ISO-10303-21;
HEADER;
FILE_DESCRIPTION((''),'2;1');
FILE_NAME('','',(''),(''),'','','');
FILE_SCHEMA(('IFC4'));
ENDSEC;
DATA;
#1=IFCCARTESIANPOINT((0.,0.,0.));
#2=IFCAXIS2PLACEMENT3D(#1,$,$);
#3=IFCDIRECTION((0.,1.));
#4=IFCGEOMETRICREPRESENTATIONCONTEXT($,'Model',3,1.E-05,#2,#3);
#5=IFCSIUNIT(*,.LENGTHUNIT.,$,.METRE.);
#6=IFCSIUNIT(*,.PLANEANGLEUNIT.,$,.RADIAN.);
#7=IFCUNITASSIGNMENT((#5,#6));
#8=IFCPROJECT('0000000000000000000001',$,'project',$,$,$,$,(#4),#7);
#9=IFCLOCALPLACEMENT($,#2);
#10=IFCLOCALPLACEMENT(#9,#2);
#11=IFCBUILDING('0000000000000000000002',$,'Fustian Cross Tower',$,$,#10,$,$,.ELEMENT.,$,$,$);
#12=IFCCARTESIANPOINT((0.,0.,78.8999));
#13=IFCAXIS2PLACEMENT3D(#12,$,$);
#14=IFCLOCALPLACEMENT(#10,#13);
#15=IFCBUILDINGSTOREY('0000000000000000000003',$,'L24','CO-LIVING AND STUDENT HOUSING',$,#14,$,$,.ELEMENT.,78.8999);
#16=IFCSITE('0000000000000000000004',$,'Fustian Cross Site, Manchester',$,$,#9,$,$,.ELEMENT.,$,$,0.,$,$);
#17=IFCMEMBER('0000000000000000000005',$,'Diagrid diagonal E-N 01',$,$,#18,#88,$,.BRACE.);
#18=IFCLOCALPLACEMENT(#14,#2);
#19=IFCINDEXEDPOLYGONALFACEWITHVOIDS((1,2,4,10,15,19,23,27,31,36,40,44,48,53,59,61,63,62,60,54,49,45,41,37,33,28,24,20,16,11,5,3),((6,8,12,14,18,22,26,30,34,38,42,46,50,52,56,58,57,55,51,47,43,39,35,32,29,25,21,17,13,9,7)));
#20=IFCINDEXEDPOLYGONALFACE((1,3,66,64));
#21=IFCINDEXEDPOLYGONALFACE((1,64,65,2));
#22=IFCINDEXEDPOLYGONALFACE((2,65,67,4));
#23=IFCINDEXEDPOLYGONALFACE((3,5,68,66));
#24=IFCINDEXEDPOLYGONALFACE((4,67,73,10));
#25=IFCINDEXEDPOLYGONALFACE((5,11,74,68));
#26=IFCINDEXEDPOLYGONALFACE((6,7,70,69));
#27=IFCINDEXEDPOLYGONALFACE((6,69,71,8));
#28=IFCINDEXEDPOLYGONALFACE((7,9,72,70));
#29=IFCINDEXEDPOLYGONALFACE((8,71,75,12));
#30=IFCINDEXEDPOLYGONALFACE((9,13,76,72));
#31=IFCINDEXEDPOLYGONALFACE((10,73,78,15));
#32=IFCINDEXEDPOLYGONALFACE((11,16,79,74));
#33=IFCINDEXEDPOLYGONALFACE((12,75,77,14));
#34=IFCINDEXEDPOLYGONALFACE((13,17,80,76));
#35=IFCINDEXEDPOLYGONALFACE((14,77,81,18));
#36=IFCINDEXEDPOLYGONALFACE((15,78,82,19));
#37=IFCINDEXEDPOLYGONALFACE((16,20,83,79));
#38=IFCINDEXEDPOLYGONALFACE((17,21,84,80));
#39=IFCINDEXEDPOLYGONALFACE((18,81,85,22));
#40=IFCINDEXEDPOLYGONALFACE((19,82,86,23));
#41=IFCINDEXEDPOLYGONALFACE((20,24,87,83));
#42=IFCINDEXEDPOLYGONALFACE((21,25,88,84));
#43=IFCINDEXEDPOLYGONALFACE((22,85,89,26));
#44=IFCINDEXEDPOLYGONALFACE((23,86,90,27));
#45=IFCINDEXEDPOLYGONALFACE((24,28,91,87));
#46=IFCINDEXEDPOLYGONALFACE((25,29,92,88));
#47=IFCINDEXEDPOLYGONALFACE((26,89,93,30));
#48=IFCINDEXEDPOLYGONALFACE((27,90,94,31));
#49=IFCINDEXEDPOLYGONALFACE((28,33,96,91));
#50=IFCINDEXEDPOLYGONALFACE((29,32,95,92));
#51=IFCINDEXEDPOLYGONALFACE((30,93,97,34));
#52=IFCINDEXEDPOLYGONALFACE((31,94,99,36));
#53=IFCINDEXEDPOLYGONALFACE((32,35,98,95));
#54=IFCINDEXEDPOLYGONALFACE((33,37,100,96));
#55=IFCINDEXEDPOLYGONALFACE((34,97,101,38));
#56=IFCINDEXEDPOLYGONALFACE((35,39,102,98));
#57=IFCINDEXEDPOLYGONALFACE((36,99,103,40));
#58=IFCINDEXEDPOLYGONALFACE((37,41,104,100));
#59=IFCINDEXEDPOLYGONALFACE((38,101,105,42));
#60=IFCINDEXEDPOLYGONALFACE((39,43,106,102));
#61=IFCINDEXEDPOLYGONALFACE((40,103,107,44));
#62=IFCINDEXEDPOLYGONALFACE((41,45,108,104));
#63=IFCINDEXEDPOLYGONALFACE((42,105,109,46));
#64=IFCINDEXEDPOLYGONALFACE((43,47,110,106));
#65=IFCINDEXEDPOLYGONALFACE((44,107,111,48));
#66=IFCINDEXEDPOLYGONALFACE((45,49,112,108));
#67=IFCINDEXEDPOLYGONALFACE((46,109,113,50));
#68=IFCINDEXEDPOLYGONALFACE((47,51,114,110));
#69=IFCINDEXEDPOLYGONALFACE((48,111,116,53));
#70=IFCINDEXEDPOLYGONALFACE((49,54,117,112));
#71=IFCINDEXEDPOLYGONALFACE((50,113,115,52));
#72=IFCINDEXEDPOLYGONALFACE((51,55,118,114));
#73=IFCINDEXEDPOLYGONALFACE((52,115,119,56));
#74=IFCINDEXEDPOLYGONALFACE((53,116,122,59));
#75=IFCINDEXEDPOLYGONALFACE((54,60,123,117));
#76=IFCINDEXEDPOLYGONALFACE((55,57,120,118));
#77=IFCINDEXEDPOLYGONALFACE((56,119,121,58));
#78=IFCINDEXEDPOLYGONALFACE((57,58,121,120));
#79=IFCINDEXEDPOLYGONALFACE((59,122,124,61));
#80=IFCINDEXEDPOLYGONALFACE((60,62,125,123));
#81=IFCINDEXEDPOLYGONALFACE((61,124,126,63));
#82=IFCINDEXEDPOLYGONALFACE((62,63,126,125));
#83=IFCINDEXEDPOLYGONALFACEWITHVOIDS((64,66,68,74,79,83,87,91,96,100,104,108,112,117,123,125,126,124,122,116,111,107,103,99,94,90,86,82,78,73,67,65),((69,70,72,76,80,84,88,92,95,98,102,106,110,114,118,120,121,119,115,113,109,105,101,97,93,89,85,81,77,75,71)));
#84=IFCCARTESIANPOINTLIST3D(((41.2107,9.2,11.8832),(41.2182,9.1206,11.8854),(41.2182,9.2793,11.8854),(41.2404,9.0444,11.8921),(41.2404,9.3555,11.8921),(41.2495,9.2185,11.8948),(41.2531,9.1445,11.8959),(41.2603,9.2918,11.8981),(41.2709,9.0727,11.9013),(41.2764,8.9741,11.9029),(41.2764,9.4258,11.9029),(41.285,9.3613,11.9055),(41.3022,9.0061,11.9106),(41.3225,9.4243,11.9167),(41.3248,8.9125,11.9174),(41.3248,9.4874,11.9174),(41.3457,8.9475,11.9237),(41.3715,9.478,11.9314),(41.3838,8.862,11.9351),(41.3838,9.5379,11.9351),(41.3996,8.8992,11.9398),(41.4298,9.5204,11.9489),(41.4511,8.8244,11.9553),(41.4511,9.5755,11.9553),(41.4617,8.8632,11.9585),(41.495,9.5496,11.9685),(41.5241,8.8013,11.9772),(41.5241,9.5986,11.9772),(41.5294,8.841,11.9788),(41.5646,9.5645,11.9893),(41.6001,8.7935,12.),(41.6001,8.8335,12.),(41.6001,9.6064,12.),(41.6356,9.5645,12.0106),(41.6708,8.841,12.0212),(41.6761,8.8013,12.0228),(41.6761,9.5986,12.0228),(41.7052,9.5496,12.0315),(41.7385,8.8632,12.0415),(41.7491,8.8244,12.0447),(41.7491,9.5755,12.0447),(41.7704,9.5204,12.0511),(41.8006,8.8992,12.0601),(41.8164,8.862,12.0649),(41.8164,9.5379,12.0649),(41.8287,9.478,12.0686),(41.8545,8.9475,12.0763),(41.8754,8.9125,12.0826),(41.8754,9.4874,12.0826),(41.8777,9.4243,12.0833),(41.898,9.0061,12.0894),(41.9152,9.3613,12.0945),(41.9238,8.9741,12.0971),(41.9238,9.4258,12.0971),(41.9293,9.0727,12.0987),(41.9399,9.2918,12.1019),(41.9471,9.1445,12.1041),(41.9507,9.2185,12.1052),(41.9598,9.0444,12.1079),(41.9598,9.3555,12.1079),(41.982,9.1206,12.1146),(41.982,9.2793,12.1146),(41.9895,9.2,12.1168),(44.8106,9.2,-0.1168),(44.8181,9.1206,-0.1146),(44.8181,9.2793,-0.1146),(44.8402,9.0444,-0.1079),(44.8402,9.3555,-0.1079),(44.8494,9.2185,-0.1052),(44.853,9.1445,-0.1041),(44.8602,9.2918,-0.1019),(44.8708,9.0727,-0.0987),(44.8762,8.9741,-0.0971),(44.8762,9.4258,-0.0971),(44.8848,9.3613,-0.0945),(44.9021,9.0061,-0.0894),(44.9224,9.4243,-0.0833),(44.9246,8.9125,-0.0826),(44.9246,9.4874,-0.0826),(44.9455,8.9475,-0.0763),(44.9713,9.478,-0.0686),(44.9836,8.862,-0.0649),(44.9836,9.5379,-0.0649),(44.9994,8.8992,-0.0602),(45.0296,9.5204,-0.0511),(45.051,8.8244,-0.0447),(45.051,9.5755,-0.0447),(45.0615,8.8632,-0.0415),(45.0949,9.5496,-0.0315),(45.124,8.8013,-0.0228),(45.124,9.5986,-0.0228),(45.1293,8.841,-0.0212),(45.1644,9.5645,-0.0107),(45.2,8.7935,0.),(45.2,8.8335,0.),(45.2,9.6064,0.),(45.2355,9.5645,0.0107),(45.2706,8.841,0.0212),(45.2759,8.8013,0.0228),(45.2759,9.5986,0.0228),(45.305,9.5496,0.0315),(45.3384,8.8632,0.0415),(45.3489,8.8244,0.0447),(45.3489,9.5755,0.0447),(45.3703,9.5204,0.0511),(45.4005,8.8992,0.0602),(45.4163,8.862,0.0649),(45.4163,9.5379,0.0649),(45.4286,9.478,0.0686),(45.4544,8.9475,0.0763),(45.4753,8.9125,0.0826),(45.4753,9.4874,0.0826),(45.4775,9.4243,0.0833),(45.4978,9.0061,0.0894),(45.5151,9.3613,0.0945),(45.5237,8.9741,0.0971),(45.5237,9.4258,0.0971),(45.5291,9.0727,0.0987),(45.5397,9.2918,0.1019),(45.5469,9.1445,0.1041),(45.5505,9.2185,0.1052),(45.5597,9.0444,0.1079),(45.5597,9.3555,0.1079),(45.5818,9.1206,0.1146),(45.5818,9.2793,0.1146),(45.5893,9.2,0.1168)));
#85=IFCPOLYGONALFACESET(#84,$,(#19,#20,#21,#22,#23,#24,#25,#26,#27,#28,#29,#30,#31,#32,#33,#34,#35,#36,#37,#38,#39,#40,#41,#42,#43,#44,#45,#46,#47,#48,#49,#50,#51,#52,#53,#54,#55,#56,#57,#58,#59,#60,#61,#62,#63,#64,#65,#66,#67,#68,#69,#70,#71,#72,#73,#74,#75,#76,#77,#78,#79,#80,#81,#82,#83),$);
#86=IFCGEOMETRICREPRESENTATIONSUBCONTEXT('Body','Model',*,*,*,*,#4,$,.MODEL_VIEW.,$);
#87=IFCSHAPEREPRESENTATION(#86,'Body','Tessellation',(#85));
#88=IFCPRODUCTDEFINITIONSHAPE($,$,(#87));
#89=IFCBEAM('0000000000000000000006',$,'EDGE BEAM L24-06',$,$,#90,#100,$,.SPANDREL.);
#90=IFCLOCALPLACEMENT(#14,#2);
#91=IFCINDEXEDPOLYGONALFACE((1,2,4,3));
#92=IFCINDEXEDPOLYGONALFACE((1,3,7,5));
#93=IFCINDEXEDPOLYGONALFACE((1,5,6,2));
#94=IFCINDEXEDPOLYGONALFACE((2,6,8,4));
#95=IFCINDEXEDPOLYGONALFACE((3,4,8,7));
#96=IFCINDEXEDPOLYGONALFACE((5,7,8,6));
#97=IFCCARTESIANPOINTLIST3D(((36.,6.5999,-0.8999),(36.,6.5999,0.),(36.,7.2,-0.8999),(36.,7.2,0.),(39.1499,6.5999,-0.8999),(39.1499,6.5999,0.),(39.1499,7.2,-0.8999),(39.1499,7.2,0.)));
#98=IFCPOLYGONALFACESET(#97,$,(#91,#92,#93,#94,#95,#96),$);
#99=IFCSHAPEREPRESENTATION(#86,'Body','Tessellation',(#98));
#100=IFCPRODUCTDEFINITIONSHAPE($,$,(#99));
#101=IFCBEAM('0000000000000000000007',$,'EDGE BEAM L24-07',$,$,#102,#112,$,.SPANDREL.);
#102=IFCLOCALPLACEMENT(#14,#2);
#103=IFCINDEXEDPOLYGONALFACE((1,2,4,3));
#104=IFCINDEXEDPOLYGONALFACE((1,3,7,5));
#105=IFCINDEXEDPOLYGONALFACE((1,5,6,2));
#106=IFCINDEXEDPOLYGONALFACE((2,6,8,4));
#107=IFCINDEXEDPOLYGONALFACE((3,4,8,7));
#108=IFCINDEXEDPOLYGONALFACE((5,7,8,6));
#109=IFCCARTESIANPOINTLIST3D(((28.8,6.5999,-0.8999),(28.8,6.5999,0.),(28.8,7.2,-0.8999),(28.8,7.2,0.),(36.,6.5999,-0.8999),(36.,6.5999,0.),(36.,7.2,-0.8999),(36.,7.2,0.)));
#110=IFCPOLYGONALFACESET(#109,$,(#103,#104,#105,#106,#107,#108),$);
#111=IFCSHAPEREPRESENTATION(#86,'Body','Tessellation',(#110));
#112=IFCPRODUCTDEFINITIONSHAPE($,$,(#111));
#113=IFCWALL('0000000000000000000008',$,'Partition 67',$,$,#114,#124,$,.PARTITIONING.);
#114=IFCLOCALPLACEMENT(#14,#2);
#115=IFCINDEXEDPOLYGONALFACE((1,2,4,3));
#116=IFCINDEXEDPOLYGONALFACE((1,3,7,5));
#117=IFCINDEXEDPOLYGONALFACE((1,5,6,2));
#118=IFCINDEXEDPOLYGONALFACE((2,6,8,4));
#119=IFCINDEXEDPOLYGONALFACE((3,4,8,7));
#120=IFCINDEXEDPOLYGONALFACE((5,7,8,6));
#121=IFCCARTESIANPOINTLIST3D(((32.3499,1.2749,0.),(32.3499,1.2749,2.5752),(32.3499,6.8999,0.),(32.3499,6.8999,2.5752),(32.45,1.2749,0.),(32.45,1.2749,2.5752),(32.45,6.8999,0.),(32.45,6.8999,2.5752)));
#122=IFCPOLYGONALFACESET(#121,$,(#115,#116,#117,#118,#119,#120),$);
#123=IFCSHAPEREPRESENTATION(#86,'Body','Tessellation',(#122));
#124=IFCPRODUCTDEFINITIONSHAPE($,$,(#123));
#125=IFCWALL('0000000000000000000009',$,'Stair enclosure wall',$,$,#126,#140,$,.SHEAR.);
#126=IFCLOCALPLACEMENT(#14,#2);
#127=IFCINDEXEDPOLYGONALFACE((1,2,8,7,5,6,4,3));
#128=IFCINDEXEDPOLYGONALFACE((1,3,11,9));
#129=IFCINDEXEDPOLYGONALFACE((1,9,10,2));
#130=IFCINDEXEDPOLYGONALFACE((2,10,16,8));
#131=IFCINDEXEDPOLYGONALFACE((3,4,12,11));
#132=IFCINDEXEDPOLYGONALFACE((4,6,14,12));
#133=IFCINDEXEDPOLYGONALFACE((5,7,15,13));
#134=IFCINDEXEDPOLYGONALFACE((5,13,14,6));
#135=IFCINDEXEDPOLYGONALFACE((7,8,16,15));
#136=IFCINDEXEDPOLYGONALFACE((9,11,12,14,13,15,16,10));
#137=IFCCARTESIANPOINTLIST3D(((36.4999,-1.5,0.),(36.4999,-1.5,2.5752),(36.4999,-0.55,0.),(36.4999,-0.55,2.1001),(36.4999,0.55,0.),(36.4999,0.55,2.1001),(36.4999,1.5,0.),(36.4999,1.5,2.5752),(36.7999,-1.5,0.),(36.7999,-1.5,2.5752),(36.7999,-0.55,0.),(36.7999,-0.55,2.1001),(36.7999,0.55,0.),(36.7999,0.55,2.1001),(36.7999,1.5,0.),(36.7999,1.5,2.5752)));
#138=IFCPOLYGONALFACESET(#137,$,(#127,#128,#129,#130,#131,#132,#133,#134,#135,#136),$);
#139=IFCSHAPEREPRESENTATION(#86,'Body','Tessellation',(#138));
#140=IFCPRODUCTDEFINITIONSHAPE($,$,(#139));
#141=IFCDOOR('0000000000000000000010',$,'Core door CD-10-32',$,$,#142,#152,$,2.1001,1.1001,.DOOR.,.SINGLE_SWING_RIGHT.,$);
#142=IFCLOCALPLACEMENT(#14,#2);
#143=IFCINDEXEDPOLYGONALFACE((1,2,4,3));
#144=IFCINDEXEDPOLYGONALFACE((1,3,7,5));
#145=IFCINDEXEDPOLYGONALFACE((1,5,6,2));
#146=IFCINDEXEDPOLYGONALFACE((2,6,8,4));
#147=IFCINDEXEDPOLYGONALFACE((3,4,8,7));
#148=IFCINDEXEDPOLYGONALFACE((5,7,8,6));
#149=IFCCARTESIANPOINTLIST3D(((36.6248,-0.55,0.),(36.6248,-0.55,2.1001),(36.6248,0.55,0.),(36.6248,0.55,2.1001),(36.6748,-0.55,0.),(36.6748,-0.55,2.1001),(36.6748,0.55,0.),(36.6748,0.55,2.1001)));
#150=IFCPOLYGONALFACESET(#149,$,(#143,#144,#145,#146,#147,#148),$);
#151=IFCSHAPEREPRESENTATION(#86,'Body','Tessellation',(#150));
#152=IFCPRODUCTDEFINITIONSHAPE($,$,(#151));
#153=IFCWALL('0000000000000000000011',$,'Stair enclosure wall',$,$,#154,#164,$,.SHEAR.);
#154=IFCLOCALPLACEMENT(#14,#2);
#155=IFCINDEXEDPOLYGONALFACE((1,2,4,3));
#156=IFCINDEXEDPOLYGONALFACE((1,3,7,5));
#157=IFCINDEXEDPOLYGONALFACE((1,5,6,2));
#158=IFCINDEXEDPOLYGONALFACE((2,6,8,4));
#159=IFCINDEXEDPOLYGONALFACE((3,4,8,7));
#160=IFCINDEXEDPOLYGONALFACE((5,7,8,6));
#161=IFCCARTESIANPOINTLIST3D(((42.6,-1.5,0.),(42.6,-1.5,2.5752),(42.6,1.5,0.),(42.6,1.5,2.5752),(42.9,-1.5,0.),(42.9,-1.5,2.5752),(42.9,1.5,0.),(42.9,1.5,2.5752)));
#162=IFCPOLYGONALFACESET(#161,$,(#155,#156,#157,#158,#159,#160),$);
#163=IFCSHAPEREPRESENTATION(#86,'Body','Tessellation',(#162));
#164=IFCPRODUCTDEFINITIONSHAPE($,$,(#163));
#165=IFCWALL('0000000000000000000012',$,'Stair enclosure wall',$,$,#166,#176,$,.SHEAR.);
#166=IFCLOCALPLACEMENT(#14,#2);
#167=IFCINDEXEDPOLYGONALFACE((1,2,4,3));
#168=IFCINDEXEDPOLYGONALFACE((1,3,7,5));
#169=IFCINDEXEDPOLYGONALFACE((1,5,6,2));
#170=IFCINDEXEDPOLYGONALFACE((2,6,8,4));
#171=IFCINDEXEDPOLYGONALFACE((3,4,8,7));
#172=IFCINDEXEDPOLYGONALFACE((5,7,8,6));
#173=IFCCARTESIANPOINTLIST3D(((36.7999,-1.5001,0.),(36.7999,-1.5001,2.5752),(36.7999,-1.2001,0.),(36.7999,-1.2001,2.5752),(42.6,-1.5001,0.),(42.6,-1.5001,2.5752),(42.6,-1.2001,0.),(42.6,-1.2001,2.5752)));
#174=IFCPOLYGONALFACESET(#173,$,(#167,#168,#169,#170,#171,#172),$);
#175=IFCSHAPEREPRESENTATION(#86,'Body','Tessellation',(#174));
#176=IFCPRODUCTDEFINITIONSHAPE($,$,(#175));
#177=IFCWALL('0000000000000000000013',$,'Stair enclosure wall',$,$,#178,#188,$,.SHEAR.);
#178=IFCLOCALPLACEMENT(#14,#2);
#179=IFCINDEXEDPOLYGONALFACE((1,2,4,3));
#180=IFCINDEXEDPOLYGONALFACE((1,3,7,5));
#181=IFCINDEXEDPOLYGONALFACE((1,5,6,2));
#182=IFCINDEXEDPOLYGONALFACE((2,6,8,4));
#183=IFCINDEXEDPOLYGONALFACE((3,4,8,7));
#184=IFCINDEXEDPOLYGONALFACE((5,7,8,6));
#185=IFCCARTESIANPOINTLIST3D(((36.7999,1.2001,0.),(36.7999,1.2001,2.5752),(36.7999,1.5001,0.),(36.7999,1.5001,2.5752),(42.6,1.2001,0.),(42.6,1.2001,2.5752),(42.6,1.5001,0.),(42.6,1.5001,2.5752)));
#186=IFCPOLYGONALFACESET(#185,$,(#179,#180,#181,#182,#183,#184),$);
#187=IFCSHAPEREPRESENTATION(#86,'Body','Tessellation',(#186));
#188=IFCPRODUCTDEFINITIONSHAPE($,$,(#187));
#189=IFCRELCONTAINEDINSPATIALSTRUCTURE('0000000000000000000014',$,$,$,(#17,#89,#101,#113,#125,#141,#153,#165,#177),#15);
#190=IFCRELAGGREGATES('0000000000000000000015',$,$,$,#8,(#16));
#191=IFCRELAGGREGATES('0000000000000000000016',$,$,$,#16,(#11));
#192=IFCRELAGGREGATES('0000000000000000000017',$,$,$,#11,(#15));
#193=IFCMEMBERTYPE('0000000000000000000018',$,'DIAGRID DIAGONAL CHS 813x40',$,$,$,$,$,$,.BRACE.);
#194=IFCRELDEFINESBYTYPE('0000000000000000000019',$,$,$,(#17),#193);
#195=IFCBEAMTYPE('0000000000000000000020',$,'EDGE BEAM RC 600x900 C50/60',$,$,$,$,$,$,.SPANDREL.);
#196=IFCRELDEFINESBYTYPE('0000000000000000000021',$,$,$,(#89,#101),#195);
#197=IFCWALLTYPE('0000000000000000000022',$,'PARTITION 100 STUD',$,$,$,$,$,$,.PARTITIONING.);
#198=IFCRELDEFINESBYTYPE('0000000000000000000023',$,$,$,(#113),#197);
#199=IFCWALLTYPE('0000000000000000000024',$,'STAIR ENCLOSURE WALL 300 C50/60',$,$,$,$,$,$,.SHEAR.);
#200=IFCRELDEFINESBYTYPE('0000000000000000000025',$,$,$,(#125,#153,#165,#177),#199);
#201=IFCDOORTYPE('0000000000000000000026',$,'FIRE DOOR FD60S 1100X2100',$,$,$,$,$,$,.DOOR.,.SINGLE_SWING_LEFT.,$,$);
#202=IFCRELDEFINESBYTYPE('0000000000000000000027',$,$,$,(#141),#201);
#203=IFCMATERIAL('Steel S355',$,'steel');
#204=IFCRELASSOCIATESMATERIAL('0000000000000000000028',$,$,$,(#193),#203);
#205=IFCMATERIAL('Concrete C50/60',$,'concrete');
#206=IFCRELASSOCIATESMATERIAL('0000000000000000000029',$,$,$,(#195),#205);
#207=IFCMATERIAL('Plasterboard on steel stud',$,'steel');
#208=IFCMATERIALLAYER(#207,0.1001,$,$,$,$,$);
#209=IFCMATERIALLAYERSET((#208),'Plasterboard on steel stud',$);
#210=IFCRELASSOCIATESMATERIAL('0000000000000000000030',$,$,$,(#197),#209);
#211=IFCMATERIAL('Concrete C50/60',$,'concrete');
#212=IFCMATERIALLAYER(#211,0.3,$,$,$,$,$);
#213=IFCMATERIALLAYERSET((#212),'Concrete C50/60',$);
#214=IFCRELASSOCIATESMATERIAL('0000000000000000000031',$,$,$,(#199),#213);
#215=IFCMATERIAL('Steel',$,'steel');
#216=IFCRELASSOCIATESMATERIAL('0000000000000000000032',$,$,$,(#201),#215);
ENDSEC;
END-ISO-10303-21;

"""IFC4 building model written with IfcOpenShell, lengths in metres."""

from ifc_helpers import new_model, si_unit, direction, frame, frame_2d, origin, origin_2d, place, context, subcontext, project, spatial, rectangle, hollow_circle, extrude, material, layer, layer_set, material_profile, profile_set, type_object, element, fill, save


model = new_model("IFC4")

# Units and contexts
model_context = context("Model", 3, precision=1e-05, world=origin(), true_north=direction((0.0, 1.0)))
body_context = subcontext(model_context, "Body", "Model", "MODEL_VIEW")
ifc_project = project(units=[si_unit("LENGTHUNIT", "METRE"), si_unit("PLANEANGLEUNIT", "RADIAN")], contexts=[model_context])

# Site, building, storey
site_placement = place(None, origin())
site = spatial("IfcSite", under=ifc_project, at=site_placement, Name="Fustian Cross Site, Manchester", CompositionType="ELEMENT", RefElevation=0.0)
building_placement = place(site_placement, origin())
building = spatial("IfcBuilding", under=site, at=building_placement, Name="Fustian Cross Tower", CompositionType="ELEMENT")
storey_placement = place(building_placement, frame((0.0, 0.0, 78.8999)))
storey = spatial("IfcBuildingStorey", under=building, at=storey_placement, Name="L24", Description="CO-LIVING AND STUDENT HOUSING", CompositionType="ELEMENT", Elevation=78.8999)

# Member
ifc_material_1 = material(Name="Steel S355", Category="steel")
ifc_material_profile_1 = material_profile(ifc_material_1, hollow_circle(Radius=0.4065, WallThickness=0.04, at=origin_2d()), Name="CHS 813x40")
ifc_profile_set_1 = profile_set([ifc_material_profile_1], Name="Steel S355")
member_type_1 = type_object("IfcMemberType", Name="DIAGRID DIAGONAL CHS 813x40", PredefinedType="BRACE", material=ifc_profile_set_1)
member_1_placement = place(storey_placement, frame((45.2, 9.2, 0.0), z_axis=(-0.287337, 0.0, 0.95783), x_axis=(0.0, -1.0, 0.0)))
element("IfcMember", 1, at=member_1_placement, inside=storey, type_object=member_type_1, Name="Diagrid diagonal E-N 01", PredefinedType="BRACE", context=body_context, shape_type="SweptSolid", body=[
    extrude(hollow_circle(Radius=0.4065, WallThickness=0.04, at=origin_2d()), origin(), (0.0, 0.0, 1.0), 12.5283),
])

# Beams
ifc_material_2 = material(Name="Concrete C50/60", Category="concrete")
ifc_material_profile_2 = material_profile(ifc_material_2, rectangle(XDim=0.6001, YDim=0.8999, at=origin_2d()), Name="RC 600x900")
ifc_profile_set_2 = profile_set([ifc_material_profile_2], Name="Concrete C50/60")
beam_type = type_object("IfcBeamType", Name="EDGE BEAM RC 600x900 C50/60", PredefinedType="SPANDREL", material=ifc_profile_set_2)
beam_1_placement = place(storey_placement, frame((39.1499, 6.8999, -0.45), z_axis=(-1.0, 0.0, 0.0), x_axis=(0.0, -1.0, 0.0)))
element("IfcBeam", 2, at=beam_1_placement, inside=storey, type_object=beam_type, Name="EDGE BEAM L24-06", PredefinedType="SPANDREL", context=body_context, shape_type="SweptSolid", body=[
    extrude(rectangle(XDim=0.6001, YDim=0.8999, at=origin_2d()), origin(), (0.0, 0.0, 1.0), 3.1499),
])
beam_2_placement = place(storey_placement, frame((36.0, 6.8999, -0.45), z_axis=(-1.0, 0.0, 0.0), x_axis=(0.0, -1.0, 0.0)))
element("IfcBeam", 3, at=beam_2_placement, inside=storey, type_object=beam_type, Name="EDGE BEAM L24-07", PredefinedType="SPANDREL", context=body_context, shape_type="SweptSolid", body=[
    extrude(rectangle(XDim=0.6001, YDim=0.8999, at=origin_2d()), origin(), (0.0, 0.0, 1.0), 7.2),
])

# Wall
ifc_material_3 = material(Name="Plasterboard on steel stud", Category="steel")
ifc_layer_1 = layer(ifc_material_3, 0.1001)
ifc_layer_set_1 = layer_set([ifc_layer_1], Name="Plasterboard on steel stud")
wall_type_1 = type_object("IfcWallType", Name="PARTITION 100 STUD", PredefinedType="PARTITIONING", material=ifc_layer_set_1)
wall_1_placement = place(storey_placement, frame((32.3999, 1.2749, 0.0), z_axis=(0.0, 0.0, 1.0), x_axis=(0.0, 1.0, 0.0)))
element("IfcWall", 4, at=wall_1_placement, inside=storey, type_object=wall_type_1, Name="Partition 67", PredefinedType="PARTITIONING", context=body_context, shape_type="SweptSolid", body=[
    extrude(rectangle(XDim=5.625, YDim=0.1001, at=frame_2d((2.8125, 0.0))), origin(), (0.0, 0.0, 1.0), 2.5752),
])

# Wall, opening, door
ifc_material_4 = material(Name="Concrete C50/60", Category="concrete")
ifc_layer_2 = layer(ifc_material_4, 0.3)
ifc_layer_set_2 = layer_set([ifc_layer_2], Name="Concrete C50/60")
wall_type_2 = type_object("IfcWallType", Name="STAIR ENCLOSURE WALL 300 C50/60", PredefinedType="SHEAR", material=ifc_layer_set_2)
wall_2_placement = place(storey_placement, frame((36.6499, -1.5, 0.0), z_axis=(0.0, 0.0, 1.0), x_axis=(0.0, 1.0, 0.0)))
wall_2 = element("IfcWall", 5, at=wall_2_placement, inside=storey, type_object=wall_type_2, Name="Stair enclosure wall", PredefinedType="SHEAR", context=body_context, shape_type="SweptSolid", body=[
    extrude(rectangle(XDim=3.0, YDim=0.3, at=frame_2d((1.5, 0.0))), origin(), (0.0, 0.0, 1.0), 2.5752),
])
opening_1_placement = place(wall_2_placement, frame((0.95, 0.0, 0.0)))
opening_1 = element("IfcOpeningElement", 6, at=opening_1_placement, cuts=wall_2, PredefinedType="OPENING", context=body_context, shape_type="SweptSolid", body=[
    extrude(rectangle(XDim=1.1001, YDim=2.1001, at=frame_2d((0.55, 1.05))), frame((0.0, 0.1599, 0.0), z_axis=(0.0, -1.0, 0.0), x_axis=(1.0, 0.0, 0.0)), (0.0, 0.0, 1.0), 0.3201),
])
ifc_material_5 = material(Name="Steel", Category="steel")
door_type = type_object("IfcDoorType", Name="FIRE DOOR FD60S 1100X2100", OperationType="SINGLE_SWING_LEFT", PredefinedType="DOOR", material=ifc_material_5)
door_placement = place(opening_1_placement, frame((1.1001, 0.0, 0.0), z_axis=(0.0, 0.0, 1.0), x_axis=(-1.0, 0.0, 0.0)))
door = element("IfcDoor", 7, at=door_placement, inside=storey, type_object=door_type, Name="Core door CD-10-32", OperationType="SINGLE_SWING_RIGHT", OverallHeight=2.1001, OverallWidth=1.1001, PredefinedType="DOOR", context=body_context, shape_type="SweptSolid", body=[
    extrude(rectangle(XDim=1.1001, YDim=2.1001, at=frame_2d((0.55, 1.05))), frame((0.0, 0.0249, 0.0), z_axis=(0.0, -1.0, 0.0), x_axis=(1.0, 0.0, 0.0)), (0.0, 0.0, 1.0), 0.05),
])
fill(opening_1, door)

# Walls
wall_3_placement = place(storey_placement, frame((42.75, -1.5, 0.0), z_axis=(0.0, 0.0, 1.0), x_axis=(0.0, 1.0, 0.0)))
element("IfcWall", 8, at=wall_3_placement, inside=storey, type_object=wall_type_2, Name="Stair enclosure wall", PredefinedType="SHEAR", context=body_context, shape_type="SweptSolid", body=[
    extrude(rectangle(XDim=3.0, YDim=0.3, at=frame_2d((1.5, 0.0))), origin(), (0.0, 0.0, 1.0), 2.5752),
])
for number, where, z_axis, x_axis, name in (
    (9, (36.8, -1.3501, 0.0), (0.0, 0.0, 1.0), (1.0, 0.0, 0.0), "Stair enclosure wall"),
    (10, (36.8, 1.3501, 0.0), (0.0, 0.0, 1.0), (1.0, 0.0, 0.0), "Stair enclosure wall"),
):
    element("IfcWall", number, at=place(storey_placement, frame(where, z_axis=z_axis, x_axis=x_axis)), inside=storey, type_object=wall_type_2, Name=name, PredefinedType="SHEAR", context=body_context, shape_type="SweptSolid", body=[
        extrude(rectangle(XDim=5.8, YDim=0.3, at=frame_2d((2.8999, 0.0))), origin(), (0.0, 0.0, 1.0), 2.5752),
    ])

save(model, "model.ifc")
